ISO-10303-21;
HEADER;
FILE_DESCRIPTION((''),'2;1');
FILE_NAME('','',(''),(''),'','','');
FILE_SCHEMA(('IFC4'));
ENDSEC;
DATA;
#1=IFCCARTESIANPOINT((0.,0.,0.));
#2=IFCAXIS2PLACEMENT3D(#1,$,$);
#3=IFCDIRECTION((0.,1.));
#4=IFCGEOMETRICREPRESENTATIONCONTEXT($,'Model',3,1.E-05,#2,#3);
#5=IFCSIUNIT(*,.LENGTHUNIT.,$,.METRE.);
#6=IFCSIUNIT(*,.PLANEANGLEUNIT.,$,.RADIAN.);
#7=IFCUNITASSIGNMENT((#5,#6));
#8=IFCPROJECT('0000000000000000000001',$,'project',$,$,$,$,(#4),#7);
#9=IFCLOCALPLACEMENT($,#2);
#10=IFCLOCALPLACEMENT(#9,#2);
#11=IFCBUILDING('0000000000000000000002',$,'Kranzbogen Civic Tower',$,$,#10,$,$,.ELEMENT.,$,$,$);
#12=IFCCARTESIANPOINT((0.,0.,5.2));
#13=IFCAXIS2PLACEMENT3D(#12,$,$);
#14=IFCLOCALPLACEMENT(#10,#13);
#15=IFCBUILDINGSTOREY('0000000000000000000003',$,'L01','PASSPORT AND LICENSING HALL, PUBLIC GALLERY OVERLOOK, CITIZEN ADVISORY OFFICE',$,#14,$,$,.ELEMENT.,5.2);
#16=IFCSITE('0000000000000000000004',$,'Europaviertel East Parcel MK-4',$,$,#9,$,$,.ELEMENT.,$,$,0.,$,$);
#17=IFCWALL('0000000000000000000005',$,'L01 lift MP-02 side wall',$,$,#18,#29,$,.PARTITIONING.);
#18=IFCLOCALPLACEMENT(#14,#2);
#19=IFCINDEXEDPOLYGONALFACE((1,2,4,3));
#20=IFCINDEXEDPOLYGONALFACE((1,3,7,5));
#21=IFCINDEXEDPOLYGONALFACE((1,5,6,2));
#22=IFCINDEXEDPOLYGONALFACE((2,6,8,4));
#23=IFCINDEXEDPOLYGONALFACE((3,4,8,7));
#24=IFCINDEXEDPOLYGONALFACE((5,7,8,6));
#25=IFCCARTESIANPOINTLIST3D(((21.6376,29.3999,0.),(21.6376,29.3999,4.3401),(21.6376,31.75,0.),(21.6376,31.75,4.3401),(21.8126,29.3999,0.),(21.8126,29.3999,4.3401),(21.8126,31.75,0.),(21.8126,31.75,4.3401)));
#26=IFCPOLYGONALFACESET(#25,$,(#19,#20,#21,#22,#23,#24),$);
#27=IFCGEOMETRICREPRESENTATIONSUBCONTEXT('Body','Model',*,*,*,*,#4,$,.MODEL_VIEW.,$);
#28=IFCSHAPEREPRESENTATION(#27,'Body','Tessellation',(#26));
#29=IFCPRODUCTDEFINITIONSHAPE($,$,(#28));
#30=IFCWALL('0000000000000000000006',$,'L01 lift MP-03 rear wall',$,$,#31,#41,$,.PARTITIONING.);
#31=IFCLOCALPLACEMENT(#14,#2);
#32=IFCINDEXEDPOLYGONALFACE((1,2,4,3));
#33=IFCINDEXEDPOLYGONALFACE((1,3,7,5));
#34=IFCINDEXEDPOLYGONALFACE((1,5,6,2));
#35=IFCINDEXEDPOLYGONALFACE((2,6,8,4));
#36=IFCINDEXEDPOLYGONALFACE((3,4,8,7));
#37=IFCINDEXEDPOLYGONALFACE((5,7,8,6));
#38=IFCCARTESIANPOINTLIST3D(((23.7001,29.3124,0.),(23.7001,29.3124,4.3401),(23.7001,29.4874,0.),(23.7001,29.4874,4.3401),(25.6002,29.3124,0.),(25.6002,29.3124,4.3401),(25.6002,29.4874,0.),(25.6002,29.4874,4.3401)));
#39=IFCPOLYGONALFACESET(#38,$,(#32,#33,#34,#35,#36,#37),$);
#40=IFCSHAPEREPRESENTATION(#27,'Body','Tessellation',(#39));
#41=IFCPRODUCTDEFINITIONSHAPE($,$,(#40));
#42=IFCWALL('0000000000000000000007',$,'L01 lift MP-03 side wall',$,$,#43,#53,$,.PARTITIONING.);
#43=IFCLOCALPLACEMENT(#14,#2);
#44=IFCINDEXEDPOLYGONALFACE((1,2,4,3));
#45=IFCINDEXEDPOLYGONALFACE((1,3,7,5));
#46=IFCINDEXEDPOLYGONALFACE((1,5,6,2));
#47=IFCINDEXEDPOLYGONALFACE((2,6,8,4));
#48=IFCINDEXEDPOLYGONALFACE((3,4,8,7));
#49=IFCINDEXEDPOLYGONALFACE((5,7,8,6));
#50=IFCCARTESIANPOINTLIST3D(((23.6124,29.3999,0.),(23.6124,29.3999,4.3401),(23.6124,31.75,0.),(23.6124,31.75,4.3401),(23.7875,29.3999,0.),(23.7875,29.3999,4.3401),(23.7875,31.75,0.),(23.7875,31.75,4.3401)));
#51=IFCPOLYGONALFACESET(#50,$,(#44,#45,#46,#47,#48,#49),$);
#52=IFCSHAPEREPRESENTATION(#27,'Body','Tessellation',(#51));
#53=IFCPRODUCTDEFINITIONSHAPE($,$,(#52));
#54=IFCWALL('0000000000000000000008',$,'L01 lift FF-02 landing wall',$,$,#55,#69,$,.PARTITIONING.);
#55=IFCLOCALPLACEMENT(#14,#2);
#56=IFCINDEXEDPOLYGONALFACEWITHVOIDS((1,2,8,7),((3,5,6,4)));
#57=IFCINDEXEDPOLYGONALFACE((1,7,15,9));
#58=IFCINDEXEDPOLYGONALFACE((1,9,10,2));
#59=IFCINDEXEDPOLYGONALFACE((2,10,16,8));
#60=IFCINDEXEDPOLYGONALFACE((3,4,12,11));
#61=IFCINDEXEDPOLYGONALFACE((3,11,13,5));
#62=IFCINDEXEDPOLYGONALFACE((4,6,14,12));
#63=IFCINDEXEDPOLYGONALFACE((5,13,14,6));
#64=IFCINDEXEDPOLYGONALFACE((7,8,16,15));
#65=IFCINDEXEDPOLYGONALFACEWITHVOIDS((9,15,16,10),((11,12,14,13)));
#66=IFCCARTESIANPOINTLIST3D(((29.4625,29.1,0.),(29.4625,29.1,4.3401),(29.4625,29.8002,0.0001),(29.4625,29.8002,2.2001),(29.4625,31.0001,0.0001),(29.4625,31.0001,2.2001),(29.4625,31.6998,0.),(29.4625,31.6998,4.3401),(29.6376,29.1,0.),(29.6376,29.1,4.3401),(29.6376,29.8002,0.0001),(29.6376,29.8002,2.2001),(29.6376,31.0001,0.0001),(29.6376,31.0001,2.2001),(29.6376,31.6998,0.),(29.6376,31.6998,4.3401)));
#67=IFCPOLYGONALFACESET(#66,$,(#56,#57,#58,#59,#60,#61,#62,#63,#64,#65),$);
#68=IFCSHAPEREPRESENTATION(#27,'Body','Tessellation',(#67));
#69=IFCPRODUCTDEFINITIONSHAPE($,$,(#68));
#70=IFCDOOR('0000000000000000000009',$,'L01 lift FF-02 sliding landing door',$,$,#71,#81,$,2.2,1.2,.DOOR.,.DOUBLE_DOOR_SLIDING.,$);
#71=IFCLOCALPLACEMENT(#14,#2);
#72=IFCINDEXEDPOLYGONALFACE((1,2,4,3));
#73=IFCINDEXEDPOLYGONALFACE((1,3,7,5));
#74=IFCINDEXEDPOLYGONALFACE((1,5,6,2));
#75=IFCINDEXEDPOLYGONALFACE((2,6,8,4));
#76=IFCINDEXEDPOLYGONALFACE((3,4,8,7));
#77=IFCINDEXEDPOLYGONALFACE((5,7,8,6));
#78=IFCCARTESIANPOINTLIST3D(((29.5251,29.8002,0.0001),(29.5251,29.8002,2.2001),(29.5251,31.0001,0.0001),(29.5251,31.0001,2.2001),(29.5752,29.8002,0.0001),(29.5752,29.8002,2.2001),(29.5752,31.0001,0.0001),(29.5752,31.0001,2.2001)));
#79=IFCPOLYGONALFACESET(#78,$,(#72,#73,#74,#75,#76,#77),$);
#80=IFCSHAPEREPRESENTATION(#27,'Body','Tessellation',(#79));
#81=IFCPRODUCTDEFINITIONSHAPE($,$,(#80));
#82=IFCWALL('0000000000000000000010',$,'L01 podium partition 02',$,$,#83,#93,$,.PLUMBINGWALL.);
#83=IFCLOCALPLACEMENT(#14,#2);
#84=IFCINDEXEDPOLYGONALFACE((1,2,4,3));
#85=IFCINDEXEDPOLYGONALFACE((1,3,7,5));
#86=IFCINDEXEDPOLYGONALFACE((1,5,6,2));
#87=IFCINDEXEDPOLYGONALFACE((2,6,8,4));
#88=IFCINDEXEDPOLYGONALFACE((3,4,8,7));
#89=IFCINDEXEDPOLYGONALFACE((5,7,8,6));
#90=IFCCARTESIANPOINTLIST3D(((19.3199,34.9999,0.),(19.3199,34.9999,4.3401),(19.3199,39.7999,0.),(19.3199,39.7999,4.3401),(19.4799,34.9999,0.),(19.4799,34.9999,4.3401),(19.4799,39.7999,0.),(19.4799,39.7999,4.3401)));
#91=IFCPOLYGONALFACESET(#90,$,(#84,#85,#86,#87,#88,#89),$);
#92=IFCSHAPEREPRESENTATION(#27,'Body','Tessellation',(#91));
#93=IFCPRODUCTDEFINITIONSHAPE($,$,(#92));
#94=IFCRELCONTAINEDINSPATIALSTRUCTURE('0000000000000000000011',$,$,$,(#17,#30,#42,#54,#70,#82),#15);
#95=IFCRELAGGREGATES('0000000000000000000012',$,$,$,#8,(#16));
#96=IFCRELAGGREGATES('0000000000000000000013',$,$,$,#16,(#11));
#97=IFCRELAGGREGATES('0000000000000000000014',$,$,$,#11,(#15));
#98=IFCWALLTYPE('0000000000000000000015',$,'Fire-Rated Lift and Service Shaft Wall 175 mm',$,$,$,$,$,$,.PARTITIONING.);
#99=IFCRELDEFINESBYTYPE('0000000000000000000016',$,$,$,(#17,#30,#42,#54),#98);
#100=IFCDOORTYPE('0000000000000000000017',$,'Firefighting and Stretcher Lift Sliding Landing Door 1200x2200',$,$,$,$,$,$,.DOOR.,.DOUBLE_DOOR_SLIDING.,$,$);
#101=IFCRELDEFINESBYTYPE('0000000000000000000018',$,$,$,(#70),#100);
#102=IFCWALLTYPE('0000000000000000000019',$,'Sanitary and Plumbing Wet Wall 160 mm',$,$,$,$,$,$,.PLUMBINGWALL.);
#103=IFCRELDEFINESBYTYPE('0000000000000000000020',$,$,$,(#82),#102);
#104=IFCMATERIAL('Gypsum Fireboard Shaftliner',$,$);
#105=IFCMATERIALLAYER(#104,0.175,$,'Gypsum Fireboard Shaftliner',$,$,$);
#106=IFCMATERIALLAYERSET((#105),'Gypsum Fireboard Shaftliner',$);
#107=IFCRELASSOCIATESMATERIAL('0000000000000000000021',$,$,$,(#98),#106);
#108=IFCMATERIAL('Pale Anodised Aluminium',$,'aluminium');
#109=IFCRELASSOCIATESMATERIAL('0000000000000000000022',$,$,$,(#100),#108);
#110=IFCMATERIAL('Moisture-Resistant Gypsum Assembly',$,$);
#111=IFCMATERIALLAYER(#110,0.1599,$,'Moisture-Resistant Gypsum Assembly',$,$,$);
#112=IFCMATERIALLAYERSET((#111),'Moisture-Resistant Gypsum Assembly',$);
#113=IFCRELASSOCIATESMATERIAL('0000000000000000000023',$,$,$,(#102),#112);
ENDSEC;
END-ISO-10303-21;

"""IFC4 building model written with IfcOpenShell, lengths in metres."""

from ifc_helpers import new_model, si_unit, direction, frame, frame_2d, origin, place, context, subcontext, project, spatial, rectangle, extrude, material, layer, layer_set, type_object, element, fill, save


model = new_model("IFC4")

# Units and contexts
model_context = context("Model", 3, precision=1e-05, world=origin(), true_north=direction((0.0, 1.0)))
body_context = subcontext(model_context, "Body", "Model", "MODEL_VIEW")
ifc_project = project(units=[si_unit("LENGTHUNIT", "METRE"), si_unit("PLANEANGLEUNIT", "RADIAN")], contexts=[model_context])

# Site, building, storey
site_placement = place(None, origin())
site = spatial("IfcSite", under=ifc_project, at=site_placement, Name="Europaviertel East Parcel MK-4", CompositionType="ELEMENT", RefElevation=0.0)
building_placement = place(site_placement, origin())
building = spatial("IfcBuilding", under=site, at=building_placement, Name="Kranzbogen Civic Tower", CompositionType="ELEMENT")
storey_placement = place(building_placement, frame((0.0, 0.0, 5.2)))
storey = spatial("IfcBuildingStorey", under=building, at=storey_placement, Name="L01", Description="PASSPORT AND LICENSING HALL, PUBLIC GALLERY OVERLOOK, CITIZEN ADVISORY OFFICE", CompositionType="ELEMENT", Elevation=5.2)

# Shared definitions
ifc_material_1 = material(Name="Pale Anodised Aluminium", Category="aluminium")

# Walls
ifc_material_2 = material(Name="Gypsum Fireboard Shaftliner")
ifc_layer_1 = layer(ifc_material_2, 0.175, Name="Gypsum Fireboard Shaftliner")
ifc_layer_set_1 = layer_set([ifc_layer_1], Name="Gypsum Fireboard Shaftliner")
wall_type_1 = type_object("IfcWallType", Name="Fire-Rated Lift and Service Shaft Wall 175 mm", PredefinedType="PARTITIONING", material=ifc_layer_set_1)
wall_1_placement = place(storey_placement, frame((21.7251, 29.3999, 0.0), z_axis=(0.0, 0.0, 1.0), x_axis=(0.0, 1.0, 0.0)))
element("IfcWall", 1, at=wall_1_placement, inside=storey, type_object=wall_type_1, Name="L01 lift MP-02 side wall", PredefinedType="PARTITIONING", context=body_context, shape_type="SweptSolid", body=[
    extrude(rectangle(XDim=2.3501, YDim=0.175, at=frame_2d((1.175, 0.0))), origin(), (0.0, 0.0, 1.0), 4.3401),
])
wall_2_placement = place(storey_placement, frame((23.7, 29.3999, 0.0), z_axis=(0.0, 0.0, 1.0), x_axis=(1.0, 0.0, 0.0)))
element("IfcWall", 2, at=wall_2_placement, inside=storey, type_object=wall_type_1, Name="L01 lift MP-03 rear wall", PredefinedType="PARTITIONING", context=body_context, shape_type="SweptSolid", body=[
    extrude(rectangle(XDim=1.9001, YDim=0.175, at=frame_2d((0.9502, 0.0))), origin(), (0.0, 0.0, 1.0), 4.3401),
])
wall_3_placement = place(storey_placement, frame((23.7, 29.3999, 0.0), z_axis=(0.0, 0.0, 1.0), x_axis=(0.0, 1.0, 0.0)))
element("IfcWall", 3, at=wall_3_placement, inside=storey, type_object=wall_type_1, Name="L01 lift MP-03 side wall", PredefinedType="PARTITIONING", context=body_context, shape_type="SweptSolid", body=[
    extrude(rectangle(XDim=2.3501, YDim=0.175, at=frame_2d((1.175, 0.0))), origin(), (0.0, 0.0, 1.0), 4.3401),
])

# Wall, opening, door
wall_4_placement = place(storey_placement, frame((29.55, 29.1001, 0.0), z_axis=(0.0, 0.0, 1.0), x_axis=(0.0, 1.0, 0.0)))
wall_4 = element("IfcWall", 4, at=wall_4_placement, inside=storey, type_object=wall_type_1, Name="L01 lift FF-02 landing wall", PredefinedType="PARTITIONING", context=body_context, shape_type="SweptSolid", body=[
    extrude(rectangle(XDim=2.5999, YDim=0.175, at=frame_2d((1.2998, 0.0))), origin(), (0.0, 0.0, 1.0), 4.3401),
])
opening_1_placement = place(wall_4_placement, frame((0.7, 0.0, 0.0)))
opening_1 = element("IfcOpeningElement", 5, at=opening_1_placement, cuts=wall_4, PredefinedType="OPENING", context=body_context, shape_type="SweptSolid", body=[
    extrude(rectangle(XDim=1.2, YDim=2.2, at=frame_2d((0.6001, 1.1001))), frame((0.0, 0.0977, 0.0), z_axis=(0.0, -1.0, 0.0), x_axis=(1.0, 0.0, 0.0)), (0.0, 0.0, 1.0), 0.1951),
])
door_type_1 = type_object("IfcDoorType", Name="Firefighting and Stretcher Lift Sliding Landing Door 1200x2200", OperationType="DOUBLE_DOOR_SLIDING", PredefinedType="DOOR", material=ifc_material_1)
door_1_placement = place(opening_1_placement, origin())
door_1 = element("IfcDoor", 6, at=door_1_placement, inside=storey, type_object=door_type_1, Name="L01 lift FF-02 sliding landing door", OperationType="DOUBLE_DOOR_SLIDING", OverallHeight=2.2, OverallWidth=1.2, PredefinedType="DOOR", context=body_context, shape_type="SweptSolid", body=[
    extrude(rectangle(XDim=1.2, YDim=2.2, at=frame_2d((0.6001, 1.1001))), frame((0.0, 0.0249, 0.0), z_axis=(0.0, -1.0, 0.0), x_axis=(1.0, 0.0, 0.0)), (0.0, 0.0, 1.0), 0.05),
])
fill(opening_1, door_1)

# Wall
ifc_material_3 = material(Name="Moisture-Resistant Gypsum Assembly")
ifc_layer_2 = layer(ifc_material_3, 0.1599, Name="Moisture-Resistant Gypsum Assembly")
ifc_layer_set_2 = layer_set([ifc_layer_2], Name="Moisture-Resistant Gypsum Assembly")
wall_type_2 = type_object("IfcWallType", Name="Sanitary and Plumbing Wet Wall 160 mm", PredefinedType="PLUMBINGWALL", material=ifc_layer_set_2)
wall_5_placement = place(storey_placement, frame((19.3999, 35.0, 0.0), z_axis=(0.0, 0.0, 1.0), x_axis=(0.0, 1.0, 0.0)))
element("IfcWall", 7, at=wall_5_placement, inside=storey, type_object=wall_type_2, Name="L01 podium partition 02", PredefinedType="PLUMBINGWALL", context=body_context, shape_type="SweptSolid", body=[
    extrude(rectangle(XDim=4.8, YDim=0.1599, at=frame_2d((2.3999, 0.0))), origin(), (0.0, 0.0, 1.0), 4.3401),
])

save(model, "model.ifc")
